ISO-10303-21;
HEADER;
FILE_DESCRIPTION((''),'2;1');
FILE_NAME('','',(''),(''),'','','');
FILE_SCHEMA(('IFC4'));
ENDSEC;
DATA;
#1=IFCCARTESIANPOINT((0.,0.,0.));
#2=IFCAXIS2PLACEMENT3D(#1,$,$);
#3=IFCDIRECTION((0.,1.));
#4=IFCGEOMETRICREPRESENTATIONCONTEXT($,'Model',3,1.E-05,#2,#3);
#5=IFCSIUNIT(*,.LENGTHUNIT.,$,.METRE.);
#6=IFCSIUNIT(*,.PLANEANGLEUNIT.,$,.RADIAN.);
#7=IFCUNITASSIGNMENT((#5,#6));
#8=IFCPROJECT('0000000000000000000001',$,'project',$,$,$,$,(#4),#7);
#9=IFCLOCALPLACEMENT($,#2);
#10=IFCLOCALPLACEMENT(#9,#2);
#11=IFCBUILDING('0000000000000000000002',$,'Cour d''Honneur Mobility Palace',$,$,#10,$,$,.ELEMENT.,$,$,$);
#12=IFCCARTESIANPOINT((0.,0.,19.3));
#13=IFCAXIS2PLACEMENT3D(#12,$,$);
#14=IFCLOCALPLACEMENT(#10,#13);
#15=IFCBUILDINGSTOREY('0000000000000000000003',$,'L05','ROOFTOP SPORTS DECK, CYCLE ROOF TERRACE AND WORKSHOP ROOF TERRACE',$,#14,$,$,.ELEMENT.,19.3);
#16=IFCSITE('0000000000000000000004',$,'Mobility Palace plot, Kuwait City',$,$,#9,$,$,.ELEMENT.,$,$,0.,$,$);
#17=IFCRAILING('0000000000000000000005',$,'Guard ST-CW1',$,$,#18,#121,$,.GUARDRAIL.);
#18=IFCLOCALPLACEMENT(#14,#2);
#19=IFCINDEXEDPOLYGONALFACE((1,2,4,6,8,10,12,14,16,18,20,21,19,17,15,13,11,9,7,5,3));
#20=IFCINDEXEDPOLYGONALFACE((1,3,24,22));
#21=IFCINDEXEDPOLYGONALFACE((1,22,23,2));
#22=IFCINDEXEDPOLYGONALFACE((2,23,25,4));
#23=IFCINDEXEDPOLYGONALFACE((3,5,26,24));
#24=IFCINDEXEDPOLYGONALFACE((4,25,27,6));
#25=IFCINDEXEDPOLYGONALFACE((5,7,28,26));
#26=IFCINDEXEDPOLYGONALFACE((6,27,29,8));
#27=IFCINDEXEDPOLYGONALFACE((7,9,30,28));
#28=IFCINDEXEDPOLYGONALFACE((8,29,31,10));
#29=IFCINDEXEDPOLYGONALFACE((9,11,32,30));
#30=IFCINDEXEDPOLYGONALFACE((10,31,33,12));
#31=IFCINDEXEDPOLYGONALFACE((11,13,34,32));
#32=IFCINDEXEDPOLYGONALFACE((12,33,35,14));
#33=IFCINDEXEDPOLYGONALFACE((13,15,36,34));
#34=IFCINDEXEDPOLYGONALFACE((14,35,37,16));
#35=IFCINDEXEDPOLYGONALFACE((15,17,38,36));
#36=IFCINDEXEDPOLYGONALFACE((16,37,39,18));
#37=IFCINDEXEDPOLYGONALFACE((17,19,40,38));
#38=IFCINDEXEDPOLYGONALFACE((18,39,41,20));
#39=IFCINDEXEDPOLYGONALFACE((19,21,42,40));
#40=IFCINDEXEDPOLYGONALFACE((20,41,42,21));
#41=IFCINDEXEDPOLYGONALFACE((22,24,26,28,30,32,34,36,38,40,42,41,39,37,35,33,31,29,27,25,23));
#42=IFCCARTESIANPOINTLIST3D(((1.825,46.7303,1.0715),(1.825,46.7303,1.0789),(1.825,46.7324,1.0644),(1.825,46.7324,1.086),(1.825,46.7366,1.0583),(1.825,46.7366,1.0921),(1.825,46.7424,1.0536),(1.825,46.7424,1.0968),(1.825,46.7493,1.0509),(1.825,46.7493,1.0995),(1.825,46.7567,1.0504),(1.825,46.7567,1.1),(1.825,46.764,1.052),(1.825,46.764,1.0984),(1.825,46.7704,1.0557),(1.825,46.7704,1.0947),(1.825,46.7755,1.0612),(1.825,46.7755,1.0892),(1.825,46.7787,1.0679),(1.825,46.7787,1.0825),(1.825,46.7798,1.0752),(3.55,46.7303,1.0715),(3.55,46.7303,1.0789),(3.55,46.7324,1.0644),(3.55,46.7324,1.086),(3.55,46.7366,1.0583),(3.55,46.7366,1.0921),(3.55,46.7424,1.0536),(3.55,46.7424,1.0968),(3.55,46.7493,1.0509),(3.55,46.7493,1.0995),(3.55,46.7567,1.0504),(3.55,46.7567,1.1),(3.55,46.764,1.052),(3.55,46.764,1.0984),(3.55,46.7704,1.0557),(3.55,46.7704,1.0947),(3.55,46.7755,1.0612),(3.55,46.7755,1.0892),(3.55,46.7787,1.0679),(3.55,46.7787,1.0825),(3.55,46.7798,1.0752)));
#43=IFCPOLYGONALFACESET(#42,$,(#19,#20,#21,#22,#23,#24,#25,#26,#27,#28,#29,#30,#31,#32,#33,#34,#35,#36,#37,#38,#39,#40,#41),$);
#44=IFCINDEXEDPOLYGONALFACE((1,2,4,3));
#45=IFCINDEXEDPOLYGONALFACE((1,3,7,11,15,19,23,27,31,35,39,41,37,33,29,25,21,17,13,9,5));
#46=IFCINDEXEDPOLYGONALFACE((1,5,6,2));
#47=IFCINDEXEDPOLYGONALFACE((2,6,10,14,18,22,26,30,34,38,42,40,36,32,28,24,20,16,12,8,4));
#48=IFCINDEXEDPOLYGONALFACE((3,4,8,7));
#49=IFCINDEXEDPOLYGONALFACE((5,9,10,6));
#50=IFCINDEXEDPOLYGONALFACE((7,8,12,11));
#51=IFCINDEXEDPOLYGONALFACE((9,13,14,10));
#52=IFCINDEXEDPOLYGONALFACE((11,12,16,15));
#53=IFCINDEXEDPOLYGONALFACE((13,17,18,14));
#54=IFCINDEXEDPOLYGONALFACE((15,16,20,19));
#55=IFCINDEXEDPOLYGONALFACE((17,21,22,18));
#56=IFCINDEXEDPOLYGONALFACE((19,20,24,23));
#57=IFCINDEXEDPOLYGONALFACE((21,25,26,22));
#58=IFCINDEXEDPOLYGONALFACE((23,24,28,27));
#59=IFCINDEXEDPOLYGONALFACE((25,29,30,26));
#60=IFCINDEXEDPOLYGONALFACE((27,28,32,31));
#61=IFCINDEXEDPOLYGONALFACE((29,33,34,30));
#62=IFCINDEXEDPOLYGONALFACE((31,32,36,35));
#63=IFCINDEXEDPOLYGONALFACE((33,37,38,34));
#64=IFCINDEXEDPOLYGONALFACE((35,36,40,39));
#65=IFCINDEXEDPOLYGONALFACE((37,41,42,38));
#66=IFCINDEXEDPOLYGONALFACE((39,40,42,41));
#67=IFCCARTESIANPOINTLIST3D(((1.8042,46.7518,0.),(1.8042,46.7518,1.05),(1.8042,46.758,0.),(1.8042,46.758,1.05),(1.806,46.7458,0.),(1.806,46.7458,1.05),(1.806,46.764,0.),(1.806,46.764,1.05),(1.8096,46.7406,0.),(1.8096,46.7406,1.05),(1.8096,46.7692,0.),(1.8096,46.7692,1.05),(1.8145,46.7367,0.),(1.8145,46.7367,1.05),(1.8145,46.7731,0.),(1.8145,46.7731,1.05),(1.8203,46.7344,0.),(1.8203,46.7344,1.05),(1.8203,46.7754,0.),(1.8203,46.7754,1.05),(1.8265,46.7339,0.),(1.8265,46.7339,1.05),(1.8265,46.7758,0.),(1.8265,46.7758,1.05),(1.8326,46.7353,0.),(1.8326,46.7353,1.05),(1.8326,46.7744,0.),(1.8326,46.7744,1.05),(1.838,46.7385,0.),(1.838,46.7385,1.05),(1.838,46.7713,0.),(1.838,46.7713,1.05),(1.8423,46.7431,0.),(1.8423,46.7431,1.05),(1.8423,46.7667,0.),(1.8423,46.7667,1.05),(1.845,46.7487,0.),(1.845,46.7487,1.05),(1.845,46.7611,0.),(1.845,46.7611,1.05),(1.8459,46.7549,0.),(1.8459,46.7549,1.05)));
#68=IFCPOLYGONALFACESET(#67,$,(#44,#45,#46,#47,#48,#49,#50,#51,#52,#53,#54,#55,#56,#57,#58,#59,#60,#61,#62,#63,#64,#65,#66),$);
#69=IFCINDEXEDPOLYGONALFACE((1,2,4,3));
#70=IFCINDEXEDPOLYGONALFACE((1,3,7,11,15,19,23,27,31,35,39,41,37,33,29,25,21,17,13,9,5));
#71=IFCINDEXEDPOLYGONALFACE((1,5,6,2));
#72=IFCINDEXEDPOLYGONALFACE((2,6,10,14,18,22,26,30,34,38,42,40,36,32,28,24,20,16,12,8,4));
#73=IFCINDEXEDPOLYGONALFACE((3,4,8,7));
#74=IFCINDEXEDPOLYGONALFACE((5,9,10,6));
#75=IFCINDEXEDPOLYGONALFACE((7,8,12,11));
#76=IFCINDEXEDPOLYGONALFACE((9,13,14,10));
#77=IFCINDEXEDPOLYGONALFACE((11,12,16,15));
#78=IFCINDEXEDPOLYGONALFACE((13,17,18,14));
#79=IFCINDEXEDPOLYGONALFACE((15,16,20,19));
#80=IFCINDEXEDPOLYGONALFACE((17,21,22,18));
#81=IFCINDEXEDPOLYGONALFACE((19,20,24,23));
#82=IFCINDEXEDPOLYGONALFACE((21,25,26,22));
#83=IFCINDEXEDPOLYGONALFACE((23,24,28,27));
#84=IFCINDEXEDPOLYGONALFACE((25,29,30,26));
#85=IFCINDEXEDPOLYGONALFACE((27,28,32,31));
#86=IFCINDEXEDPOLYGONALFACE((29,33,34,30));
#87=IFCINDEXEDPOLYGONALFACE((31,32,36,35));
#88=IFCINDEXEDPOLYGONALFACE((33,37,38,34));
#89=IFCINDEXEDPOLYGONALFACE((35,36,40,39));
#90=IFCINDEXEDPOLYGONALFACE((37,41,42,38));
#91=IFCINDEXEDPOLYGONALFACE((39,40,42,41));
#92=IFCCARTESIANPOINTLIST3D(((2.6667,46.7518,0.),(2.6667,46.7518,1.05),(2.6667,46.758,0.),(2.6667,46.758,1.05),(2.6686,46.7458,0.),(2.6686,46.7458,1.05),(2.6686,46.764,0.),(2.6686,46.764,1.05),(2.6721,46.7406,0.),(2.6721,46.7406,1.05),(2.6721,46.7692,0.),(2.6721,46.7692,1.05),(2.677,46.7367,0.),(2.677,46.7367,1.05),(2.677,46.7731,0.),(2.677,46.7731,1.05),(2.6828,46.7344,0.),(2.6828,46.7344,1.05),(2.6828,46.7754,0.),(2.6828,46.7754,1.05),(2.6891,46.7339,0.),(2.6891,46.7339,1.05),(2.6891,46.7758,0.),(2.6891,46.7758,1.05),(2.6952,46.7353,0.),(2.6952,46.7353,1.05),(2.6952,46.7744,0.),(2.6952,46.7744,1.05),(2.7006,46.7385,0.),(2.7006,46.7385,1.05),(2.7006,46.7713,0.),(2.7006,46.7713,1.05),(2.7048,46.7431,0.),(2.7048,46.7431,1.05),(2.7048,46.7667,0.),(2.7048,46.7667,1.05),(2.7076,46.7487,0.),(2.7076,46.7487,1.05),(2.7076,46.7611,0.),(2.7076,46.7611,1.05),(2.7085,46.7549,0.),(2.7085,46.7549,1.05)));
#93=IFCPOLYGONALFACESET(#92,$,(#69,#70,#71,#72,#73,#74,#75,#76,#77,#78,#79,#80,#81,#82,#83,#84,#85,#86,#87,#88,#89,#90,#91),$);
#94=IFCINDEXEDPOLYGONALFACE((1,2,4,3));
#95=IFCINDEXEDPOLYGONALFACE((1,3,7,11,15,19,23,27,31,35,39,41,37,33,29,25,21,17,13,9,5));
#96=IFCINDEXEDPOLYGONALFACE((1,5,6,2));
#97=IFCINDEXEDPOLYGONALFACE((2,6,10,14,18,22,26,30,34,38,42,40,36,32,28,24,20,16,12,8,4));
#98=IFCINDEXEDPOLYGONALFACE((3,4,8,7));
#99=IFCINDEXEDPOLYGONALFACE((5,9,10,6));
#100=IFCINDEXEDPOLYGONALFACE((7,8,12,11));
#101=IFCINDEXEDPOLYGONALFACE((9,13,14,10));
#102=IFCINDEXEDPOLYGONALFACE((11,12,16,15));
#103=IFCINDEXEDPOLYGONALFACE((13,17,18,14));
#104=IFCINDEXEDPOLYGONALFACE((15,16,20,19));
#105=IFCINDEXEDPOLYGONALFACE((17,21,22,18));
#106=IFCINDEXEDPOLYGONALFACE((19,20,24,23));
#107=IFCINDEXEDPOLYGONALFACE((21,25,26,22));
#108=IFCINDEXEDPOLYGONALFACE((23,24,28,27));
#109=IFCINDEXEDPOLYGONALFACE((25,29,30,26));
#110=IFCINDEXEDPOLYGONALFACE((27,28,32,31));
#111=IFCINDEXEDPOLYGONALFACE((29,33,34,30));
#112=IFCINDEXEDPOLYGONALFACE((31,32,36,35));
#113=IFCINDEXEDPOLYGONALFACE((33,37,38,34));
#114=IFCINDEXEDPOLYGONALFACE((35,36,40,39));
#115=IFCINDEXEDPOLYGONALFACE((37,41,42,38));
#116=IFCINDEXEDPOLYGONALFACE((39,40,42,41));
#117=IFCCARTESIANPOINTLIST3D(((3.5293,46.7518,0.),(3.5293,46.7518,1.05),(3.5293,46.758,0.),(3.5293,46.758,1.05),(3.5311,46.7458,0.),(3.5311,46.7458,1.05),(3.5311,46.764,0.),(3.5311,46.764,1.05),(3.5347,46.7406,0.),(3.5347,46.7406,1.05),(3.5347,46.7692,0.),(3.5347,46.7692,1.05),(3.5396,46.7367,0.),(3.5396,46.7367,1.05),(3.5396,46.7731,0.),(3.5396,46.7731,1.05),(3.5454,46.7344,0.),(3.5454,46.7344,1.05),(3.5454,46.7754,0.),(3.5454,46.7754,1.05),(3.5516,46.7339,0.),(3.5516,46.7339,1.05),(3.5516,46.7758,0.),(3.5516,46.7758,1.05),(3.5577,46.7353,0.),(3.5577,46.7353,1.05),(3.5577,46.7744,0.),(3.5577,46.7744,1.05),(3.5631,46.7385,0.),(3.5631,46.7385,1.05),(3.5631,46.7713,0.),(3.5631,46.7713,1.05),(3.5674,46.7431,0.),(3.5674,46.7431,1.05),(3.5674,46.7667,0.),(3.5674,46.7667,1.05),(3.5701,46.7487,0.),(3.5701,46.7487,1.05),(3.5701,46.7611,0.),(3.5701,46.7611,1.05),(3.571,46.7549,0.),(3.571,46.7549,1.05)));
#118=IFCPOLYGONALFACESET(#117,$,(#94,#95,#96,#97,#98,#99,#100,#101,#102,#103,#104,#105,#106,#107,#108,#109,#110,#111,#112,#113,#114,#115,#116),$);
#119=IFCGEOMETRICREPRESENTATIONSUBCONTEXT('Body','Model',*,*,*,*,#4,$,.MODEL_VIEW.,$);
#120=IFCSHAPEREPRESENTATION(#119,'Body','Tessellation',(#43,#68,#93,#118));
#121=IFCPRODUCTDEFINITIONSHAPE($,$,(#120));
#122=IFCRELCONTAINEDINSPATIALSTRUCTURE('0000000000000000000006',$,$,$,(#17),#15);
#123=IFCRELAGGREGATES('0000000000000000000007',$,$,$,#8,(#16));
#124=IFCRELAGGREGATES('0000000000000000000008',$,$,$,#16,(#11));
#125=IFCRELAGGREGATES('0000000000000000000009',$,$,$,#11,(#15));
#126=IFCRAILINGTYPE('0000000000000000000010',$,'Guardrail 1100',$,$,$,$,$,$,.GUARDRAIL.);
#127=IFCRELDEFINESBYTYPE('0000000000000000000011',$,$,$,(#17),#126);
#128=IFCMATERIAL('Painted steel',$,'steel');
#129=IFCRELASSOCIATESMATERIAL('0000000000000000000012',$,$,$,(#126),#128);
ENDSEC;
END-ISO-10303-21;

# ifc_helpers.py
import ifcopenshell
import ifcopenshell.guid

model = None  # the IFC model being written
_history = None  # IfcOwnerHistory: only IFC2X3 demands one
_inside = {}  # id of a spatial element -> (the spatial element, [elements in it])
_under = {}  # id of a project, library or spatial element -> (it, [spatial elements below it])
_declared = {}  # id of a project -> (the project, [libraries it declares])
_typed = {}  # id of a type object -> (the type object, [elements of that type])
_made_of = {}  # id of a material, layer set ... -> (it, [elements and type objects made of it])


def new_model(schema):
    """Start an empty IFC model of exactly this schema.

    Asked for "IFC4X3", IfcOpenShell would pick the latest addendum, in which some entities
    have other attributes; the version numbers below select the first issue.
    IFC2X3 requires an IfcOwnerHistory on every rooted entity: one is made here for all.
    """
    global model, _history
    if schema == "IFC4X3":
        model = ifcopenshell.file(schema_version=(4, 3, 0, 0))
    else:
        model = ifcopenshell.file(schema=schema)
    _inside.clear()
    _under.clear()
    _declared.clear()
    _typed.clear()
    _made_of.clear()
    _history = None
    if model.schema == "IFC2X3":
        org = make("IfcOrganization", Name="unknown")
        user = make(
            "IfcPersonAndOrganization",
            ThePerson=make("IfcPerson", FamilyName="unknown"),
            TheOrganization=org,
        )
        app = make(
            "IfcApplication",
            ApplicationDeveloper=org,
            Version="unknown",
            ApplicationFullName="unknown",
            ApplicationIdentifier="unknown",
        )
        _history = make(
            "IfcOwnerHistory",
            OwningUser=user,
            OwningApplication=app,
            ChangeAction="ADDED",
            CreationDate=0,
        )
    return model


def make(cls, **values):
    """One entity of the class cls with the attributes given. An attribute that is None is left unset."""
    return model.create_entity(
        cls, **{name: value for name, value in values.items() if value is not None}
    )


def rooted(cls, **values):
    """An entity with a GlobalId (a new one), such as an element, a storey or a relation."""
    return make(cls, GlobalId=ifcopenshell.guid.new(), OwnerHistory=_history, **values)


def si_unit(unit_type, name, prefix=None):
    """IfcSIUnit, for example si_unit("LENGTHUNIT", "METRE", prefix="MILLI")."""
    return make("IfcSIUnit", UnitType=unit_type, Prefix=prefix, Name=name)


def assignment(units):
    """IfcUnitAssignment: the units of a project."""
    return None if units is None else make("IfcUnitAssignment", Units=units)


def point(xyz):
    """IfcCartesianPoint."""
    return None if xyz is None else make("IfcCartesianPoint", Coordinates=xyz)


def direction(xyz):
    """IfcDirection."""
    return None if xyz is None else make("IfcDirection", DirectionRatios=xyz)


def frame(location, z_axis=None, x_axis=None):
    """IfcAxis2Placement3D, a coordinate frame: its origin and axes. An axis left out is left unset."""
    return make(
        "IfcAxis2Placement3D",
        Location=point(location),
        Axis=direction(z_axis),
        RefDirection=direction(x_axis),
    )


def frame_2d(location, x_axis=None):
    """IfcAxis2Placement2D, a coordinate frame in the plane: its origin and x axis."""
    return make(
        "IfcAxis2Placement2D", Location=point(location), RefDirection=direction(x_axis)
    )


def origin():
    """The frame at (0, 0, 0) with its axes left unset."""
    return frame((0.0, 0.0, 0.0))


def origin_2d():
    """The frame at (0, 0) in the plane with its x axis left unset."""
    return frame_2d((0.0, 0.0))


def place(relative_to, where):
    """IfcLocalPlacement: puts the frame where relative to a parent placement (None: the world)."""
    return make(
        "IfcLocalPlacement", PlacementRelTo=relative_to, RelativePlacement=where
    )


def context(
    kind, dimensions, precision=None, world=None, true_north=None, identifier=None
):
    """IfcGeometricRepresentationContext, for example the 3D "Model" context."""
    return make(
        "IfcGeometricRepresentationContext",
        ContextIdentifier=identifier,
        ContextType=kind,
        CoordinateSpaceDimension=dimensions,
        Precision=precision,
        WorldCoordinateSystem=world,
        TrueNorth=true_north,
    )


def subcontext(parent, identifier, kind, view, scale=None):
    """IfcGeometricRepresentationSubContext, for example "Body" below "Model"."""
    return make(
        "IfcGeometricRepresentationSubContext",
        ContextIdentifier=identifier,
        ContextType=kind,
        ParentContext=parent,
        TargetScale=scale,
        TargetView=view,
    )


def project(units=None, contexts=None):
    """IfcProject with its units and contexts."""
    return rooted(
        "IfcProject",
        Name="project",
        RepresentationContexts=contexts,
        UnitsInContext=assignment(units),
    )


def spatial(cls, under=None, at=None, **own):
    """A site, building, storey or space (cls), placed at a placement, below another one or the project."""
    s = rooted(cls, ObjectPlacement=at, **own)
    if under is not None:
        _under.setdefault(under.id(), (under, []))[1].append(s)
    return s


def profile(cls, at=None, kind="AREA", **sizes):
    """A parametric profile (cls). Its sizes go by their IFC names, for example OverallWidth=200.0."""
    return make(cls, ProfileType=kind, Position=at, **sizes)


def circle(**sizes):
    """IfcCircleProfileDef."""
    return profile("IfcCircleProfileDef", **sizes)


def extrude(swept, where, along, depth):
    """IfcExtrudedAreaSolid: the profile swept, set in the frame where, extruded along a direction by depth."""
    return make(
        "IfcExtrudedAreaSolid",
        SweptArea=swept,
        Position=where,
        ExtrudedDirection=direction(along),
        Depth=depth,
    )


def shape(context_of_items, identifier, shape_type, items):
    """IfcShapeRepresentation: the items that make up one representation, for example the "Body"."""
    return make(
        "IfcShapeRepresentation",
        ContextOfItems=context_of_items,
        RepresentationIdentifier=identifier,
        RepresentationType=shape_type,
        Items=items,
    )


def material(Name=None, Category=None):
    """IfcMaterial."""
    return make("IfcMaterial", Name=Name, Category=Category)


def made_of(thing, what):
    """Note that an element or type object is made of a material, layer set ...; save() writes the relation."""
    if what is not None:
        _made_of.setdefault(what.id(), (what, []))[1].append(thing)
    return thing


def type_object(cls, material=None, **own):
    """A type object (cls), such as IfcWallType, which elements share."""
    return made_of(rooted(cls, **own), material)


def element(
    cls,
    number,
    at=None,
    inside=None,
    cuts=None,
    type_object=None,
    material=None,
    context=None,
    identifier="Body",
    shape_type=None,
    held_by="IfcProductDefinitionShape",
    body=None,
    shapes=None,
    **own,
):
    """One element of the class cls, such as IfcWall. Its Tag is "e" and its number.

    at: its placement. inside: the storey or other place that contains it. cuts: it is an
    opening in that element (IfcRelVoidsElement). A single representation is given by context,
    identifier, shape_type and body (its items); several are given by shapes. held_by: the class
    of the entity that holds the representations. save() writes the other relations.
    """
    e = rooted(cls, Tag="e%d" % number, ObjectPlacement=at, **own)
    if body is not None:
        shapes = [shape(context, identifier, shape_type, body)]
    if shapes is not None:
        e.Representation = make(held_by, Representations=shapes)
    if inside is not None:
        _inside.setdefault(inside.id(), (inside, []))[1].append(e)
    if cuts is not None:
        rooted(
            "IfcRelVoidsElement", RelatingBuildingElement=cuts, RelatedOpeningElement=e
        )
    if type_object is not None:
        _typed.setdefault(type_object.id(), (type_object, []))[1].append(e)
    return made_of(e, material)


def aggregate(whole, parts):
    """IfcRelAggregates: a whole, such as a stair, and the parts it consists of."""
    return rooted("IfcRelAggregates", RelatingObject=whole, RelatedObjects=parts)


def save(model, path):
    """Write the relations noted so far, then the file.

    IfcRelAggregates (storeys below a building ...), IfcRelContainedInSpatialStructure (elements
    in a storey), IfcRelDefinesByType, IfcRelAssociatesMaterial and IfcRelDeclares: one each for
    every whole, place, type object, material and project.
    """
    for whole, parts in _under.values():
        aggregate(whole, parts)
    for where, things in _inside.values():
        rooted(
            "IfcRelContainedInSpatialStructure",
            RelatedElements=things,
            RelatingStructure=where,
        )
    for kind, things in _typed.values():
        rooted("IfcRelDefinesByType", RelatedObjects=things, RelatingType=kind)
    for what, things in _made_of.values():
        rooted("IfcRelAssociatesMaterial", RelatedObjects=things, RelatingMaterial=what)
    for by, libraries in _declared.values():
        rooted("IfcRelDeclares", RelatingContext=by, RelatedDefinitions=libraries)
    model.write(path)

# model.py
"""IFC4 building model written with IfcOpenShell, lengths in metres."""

from ifc_helpers import new_model, si_unit, direction, frame, origin, origin_2d, place, context, subcontext, project, spatial, circle, extrude, material, type_object, element, save


model = new_model("IFC4")

# Units and contexts
model_context = context("Model", 3, precision=1e-05, world=origin(), true_north=direction((0.0, 1.0)))
body_context = subcontext(model_context, "Body", "Model", "MODEL_VIEW")
ifc_project = project(units=[si_unit("LENGTHUNIT", "METRE"), si_unit("PLANEANGLEUNIT", "RADIAN")], contexts=[model_context])

# Site, building, storey
site_placement = place(None, origin())
site = spatial("IfcSite", under=ifc_project, at=site_placement, Name="Mobility Palace plot, Kuwait City", CompositionType="ELEMENT", RefElevation=0.0)
building_placement = place(site_placement, origin())
building = spatial("IfcBuilding", under=site, at=building_placement, Name="Cour d'Honneur Mobility Palace", CompositionType="ELEMENT")
storey_placement = place(building_placement, frame((0.0, 0.0, 19.3)))
storey = spatial("IfcBuildingStorey", under=building, at=storey_placement, Name="L05", Description="ROOFTOP SPORTS DECK, CYCLE ROOF TERRACE AND WORKSHOP ROOF TERRACE", CompositionType="ELEMENT", Elevation=19.3)

# Railing
ifc_material_1 = material(Name="Painted steel", Category="steel")
railing_type_1 = type_object("IfcRailingType", Name="Guardrail 1100", PredefinedType="GUARDRAIL", material=ifc_material_1)
railing_1_placement = place(storey_placement, frame((1.825, 46.7549, 0.0)))
element("IfcRailing", 1, at=railing_1_placement, inside=storey, type_object=railing_type_1, Name="Guard ST-CW1", PredefinedType="GUARDRAIL", context=body_context, shape_type="SweptSolid", body=[
    extrude(circle(Radius=0.0249, at=origin_2d()), frame((0.0, 0.0, 1.0752), z_axis=(1.0, 0.0, 0.0), x_axis=(0.0, 1.0, 0.0)), (0.0, 0.0, 1.0), 1.7251),
    extrude(circle(Radius=0.021, at=origin_2d()), origin(), (0.0, 0.0, 1.0), 1.05),
    extrude(circle(Radius=0.021, at=origin_2d()), frame((0.8625, 0.0, 0.0)), (0.0, 0.0, 1.0), 1.05),
    extrude(circle(Radius=0.021, at=origin_2d()), frame((1.7251, 0.0, 0.0)), (0.0, 0.0, 1.0), 1.05),
])

save(model, "model.ifc")
